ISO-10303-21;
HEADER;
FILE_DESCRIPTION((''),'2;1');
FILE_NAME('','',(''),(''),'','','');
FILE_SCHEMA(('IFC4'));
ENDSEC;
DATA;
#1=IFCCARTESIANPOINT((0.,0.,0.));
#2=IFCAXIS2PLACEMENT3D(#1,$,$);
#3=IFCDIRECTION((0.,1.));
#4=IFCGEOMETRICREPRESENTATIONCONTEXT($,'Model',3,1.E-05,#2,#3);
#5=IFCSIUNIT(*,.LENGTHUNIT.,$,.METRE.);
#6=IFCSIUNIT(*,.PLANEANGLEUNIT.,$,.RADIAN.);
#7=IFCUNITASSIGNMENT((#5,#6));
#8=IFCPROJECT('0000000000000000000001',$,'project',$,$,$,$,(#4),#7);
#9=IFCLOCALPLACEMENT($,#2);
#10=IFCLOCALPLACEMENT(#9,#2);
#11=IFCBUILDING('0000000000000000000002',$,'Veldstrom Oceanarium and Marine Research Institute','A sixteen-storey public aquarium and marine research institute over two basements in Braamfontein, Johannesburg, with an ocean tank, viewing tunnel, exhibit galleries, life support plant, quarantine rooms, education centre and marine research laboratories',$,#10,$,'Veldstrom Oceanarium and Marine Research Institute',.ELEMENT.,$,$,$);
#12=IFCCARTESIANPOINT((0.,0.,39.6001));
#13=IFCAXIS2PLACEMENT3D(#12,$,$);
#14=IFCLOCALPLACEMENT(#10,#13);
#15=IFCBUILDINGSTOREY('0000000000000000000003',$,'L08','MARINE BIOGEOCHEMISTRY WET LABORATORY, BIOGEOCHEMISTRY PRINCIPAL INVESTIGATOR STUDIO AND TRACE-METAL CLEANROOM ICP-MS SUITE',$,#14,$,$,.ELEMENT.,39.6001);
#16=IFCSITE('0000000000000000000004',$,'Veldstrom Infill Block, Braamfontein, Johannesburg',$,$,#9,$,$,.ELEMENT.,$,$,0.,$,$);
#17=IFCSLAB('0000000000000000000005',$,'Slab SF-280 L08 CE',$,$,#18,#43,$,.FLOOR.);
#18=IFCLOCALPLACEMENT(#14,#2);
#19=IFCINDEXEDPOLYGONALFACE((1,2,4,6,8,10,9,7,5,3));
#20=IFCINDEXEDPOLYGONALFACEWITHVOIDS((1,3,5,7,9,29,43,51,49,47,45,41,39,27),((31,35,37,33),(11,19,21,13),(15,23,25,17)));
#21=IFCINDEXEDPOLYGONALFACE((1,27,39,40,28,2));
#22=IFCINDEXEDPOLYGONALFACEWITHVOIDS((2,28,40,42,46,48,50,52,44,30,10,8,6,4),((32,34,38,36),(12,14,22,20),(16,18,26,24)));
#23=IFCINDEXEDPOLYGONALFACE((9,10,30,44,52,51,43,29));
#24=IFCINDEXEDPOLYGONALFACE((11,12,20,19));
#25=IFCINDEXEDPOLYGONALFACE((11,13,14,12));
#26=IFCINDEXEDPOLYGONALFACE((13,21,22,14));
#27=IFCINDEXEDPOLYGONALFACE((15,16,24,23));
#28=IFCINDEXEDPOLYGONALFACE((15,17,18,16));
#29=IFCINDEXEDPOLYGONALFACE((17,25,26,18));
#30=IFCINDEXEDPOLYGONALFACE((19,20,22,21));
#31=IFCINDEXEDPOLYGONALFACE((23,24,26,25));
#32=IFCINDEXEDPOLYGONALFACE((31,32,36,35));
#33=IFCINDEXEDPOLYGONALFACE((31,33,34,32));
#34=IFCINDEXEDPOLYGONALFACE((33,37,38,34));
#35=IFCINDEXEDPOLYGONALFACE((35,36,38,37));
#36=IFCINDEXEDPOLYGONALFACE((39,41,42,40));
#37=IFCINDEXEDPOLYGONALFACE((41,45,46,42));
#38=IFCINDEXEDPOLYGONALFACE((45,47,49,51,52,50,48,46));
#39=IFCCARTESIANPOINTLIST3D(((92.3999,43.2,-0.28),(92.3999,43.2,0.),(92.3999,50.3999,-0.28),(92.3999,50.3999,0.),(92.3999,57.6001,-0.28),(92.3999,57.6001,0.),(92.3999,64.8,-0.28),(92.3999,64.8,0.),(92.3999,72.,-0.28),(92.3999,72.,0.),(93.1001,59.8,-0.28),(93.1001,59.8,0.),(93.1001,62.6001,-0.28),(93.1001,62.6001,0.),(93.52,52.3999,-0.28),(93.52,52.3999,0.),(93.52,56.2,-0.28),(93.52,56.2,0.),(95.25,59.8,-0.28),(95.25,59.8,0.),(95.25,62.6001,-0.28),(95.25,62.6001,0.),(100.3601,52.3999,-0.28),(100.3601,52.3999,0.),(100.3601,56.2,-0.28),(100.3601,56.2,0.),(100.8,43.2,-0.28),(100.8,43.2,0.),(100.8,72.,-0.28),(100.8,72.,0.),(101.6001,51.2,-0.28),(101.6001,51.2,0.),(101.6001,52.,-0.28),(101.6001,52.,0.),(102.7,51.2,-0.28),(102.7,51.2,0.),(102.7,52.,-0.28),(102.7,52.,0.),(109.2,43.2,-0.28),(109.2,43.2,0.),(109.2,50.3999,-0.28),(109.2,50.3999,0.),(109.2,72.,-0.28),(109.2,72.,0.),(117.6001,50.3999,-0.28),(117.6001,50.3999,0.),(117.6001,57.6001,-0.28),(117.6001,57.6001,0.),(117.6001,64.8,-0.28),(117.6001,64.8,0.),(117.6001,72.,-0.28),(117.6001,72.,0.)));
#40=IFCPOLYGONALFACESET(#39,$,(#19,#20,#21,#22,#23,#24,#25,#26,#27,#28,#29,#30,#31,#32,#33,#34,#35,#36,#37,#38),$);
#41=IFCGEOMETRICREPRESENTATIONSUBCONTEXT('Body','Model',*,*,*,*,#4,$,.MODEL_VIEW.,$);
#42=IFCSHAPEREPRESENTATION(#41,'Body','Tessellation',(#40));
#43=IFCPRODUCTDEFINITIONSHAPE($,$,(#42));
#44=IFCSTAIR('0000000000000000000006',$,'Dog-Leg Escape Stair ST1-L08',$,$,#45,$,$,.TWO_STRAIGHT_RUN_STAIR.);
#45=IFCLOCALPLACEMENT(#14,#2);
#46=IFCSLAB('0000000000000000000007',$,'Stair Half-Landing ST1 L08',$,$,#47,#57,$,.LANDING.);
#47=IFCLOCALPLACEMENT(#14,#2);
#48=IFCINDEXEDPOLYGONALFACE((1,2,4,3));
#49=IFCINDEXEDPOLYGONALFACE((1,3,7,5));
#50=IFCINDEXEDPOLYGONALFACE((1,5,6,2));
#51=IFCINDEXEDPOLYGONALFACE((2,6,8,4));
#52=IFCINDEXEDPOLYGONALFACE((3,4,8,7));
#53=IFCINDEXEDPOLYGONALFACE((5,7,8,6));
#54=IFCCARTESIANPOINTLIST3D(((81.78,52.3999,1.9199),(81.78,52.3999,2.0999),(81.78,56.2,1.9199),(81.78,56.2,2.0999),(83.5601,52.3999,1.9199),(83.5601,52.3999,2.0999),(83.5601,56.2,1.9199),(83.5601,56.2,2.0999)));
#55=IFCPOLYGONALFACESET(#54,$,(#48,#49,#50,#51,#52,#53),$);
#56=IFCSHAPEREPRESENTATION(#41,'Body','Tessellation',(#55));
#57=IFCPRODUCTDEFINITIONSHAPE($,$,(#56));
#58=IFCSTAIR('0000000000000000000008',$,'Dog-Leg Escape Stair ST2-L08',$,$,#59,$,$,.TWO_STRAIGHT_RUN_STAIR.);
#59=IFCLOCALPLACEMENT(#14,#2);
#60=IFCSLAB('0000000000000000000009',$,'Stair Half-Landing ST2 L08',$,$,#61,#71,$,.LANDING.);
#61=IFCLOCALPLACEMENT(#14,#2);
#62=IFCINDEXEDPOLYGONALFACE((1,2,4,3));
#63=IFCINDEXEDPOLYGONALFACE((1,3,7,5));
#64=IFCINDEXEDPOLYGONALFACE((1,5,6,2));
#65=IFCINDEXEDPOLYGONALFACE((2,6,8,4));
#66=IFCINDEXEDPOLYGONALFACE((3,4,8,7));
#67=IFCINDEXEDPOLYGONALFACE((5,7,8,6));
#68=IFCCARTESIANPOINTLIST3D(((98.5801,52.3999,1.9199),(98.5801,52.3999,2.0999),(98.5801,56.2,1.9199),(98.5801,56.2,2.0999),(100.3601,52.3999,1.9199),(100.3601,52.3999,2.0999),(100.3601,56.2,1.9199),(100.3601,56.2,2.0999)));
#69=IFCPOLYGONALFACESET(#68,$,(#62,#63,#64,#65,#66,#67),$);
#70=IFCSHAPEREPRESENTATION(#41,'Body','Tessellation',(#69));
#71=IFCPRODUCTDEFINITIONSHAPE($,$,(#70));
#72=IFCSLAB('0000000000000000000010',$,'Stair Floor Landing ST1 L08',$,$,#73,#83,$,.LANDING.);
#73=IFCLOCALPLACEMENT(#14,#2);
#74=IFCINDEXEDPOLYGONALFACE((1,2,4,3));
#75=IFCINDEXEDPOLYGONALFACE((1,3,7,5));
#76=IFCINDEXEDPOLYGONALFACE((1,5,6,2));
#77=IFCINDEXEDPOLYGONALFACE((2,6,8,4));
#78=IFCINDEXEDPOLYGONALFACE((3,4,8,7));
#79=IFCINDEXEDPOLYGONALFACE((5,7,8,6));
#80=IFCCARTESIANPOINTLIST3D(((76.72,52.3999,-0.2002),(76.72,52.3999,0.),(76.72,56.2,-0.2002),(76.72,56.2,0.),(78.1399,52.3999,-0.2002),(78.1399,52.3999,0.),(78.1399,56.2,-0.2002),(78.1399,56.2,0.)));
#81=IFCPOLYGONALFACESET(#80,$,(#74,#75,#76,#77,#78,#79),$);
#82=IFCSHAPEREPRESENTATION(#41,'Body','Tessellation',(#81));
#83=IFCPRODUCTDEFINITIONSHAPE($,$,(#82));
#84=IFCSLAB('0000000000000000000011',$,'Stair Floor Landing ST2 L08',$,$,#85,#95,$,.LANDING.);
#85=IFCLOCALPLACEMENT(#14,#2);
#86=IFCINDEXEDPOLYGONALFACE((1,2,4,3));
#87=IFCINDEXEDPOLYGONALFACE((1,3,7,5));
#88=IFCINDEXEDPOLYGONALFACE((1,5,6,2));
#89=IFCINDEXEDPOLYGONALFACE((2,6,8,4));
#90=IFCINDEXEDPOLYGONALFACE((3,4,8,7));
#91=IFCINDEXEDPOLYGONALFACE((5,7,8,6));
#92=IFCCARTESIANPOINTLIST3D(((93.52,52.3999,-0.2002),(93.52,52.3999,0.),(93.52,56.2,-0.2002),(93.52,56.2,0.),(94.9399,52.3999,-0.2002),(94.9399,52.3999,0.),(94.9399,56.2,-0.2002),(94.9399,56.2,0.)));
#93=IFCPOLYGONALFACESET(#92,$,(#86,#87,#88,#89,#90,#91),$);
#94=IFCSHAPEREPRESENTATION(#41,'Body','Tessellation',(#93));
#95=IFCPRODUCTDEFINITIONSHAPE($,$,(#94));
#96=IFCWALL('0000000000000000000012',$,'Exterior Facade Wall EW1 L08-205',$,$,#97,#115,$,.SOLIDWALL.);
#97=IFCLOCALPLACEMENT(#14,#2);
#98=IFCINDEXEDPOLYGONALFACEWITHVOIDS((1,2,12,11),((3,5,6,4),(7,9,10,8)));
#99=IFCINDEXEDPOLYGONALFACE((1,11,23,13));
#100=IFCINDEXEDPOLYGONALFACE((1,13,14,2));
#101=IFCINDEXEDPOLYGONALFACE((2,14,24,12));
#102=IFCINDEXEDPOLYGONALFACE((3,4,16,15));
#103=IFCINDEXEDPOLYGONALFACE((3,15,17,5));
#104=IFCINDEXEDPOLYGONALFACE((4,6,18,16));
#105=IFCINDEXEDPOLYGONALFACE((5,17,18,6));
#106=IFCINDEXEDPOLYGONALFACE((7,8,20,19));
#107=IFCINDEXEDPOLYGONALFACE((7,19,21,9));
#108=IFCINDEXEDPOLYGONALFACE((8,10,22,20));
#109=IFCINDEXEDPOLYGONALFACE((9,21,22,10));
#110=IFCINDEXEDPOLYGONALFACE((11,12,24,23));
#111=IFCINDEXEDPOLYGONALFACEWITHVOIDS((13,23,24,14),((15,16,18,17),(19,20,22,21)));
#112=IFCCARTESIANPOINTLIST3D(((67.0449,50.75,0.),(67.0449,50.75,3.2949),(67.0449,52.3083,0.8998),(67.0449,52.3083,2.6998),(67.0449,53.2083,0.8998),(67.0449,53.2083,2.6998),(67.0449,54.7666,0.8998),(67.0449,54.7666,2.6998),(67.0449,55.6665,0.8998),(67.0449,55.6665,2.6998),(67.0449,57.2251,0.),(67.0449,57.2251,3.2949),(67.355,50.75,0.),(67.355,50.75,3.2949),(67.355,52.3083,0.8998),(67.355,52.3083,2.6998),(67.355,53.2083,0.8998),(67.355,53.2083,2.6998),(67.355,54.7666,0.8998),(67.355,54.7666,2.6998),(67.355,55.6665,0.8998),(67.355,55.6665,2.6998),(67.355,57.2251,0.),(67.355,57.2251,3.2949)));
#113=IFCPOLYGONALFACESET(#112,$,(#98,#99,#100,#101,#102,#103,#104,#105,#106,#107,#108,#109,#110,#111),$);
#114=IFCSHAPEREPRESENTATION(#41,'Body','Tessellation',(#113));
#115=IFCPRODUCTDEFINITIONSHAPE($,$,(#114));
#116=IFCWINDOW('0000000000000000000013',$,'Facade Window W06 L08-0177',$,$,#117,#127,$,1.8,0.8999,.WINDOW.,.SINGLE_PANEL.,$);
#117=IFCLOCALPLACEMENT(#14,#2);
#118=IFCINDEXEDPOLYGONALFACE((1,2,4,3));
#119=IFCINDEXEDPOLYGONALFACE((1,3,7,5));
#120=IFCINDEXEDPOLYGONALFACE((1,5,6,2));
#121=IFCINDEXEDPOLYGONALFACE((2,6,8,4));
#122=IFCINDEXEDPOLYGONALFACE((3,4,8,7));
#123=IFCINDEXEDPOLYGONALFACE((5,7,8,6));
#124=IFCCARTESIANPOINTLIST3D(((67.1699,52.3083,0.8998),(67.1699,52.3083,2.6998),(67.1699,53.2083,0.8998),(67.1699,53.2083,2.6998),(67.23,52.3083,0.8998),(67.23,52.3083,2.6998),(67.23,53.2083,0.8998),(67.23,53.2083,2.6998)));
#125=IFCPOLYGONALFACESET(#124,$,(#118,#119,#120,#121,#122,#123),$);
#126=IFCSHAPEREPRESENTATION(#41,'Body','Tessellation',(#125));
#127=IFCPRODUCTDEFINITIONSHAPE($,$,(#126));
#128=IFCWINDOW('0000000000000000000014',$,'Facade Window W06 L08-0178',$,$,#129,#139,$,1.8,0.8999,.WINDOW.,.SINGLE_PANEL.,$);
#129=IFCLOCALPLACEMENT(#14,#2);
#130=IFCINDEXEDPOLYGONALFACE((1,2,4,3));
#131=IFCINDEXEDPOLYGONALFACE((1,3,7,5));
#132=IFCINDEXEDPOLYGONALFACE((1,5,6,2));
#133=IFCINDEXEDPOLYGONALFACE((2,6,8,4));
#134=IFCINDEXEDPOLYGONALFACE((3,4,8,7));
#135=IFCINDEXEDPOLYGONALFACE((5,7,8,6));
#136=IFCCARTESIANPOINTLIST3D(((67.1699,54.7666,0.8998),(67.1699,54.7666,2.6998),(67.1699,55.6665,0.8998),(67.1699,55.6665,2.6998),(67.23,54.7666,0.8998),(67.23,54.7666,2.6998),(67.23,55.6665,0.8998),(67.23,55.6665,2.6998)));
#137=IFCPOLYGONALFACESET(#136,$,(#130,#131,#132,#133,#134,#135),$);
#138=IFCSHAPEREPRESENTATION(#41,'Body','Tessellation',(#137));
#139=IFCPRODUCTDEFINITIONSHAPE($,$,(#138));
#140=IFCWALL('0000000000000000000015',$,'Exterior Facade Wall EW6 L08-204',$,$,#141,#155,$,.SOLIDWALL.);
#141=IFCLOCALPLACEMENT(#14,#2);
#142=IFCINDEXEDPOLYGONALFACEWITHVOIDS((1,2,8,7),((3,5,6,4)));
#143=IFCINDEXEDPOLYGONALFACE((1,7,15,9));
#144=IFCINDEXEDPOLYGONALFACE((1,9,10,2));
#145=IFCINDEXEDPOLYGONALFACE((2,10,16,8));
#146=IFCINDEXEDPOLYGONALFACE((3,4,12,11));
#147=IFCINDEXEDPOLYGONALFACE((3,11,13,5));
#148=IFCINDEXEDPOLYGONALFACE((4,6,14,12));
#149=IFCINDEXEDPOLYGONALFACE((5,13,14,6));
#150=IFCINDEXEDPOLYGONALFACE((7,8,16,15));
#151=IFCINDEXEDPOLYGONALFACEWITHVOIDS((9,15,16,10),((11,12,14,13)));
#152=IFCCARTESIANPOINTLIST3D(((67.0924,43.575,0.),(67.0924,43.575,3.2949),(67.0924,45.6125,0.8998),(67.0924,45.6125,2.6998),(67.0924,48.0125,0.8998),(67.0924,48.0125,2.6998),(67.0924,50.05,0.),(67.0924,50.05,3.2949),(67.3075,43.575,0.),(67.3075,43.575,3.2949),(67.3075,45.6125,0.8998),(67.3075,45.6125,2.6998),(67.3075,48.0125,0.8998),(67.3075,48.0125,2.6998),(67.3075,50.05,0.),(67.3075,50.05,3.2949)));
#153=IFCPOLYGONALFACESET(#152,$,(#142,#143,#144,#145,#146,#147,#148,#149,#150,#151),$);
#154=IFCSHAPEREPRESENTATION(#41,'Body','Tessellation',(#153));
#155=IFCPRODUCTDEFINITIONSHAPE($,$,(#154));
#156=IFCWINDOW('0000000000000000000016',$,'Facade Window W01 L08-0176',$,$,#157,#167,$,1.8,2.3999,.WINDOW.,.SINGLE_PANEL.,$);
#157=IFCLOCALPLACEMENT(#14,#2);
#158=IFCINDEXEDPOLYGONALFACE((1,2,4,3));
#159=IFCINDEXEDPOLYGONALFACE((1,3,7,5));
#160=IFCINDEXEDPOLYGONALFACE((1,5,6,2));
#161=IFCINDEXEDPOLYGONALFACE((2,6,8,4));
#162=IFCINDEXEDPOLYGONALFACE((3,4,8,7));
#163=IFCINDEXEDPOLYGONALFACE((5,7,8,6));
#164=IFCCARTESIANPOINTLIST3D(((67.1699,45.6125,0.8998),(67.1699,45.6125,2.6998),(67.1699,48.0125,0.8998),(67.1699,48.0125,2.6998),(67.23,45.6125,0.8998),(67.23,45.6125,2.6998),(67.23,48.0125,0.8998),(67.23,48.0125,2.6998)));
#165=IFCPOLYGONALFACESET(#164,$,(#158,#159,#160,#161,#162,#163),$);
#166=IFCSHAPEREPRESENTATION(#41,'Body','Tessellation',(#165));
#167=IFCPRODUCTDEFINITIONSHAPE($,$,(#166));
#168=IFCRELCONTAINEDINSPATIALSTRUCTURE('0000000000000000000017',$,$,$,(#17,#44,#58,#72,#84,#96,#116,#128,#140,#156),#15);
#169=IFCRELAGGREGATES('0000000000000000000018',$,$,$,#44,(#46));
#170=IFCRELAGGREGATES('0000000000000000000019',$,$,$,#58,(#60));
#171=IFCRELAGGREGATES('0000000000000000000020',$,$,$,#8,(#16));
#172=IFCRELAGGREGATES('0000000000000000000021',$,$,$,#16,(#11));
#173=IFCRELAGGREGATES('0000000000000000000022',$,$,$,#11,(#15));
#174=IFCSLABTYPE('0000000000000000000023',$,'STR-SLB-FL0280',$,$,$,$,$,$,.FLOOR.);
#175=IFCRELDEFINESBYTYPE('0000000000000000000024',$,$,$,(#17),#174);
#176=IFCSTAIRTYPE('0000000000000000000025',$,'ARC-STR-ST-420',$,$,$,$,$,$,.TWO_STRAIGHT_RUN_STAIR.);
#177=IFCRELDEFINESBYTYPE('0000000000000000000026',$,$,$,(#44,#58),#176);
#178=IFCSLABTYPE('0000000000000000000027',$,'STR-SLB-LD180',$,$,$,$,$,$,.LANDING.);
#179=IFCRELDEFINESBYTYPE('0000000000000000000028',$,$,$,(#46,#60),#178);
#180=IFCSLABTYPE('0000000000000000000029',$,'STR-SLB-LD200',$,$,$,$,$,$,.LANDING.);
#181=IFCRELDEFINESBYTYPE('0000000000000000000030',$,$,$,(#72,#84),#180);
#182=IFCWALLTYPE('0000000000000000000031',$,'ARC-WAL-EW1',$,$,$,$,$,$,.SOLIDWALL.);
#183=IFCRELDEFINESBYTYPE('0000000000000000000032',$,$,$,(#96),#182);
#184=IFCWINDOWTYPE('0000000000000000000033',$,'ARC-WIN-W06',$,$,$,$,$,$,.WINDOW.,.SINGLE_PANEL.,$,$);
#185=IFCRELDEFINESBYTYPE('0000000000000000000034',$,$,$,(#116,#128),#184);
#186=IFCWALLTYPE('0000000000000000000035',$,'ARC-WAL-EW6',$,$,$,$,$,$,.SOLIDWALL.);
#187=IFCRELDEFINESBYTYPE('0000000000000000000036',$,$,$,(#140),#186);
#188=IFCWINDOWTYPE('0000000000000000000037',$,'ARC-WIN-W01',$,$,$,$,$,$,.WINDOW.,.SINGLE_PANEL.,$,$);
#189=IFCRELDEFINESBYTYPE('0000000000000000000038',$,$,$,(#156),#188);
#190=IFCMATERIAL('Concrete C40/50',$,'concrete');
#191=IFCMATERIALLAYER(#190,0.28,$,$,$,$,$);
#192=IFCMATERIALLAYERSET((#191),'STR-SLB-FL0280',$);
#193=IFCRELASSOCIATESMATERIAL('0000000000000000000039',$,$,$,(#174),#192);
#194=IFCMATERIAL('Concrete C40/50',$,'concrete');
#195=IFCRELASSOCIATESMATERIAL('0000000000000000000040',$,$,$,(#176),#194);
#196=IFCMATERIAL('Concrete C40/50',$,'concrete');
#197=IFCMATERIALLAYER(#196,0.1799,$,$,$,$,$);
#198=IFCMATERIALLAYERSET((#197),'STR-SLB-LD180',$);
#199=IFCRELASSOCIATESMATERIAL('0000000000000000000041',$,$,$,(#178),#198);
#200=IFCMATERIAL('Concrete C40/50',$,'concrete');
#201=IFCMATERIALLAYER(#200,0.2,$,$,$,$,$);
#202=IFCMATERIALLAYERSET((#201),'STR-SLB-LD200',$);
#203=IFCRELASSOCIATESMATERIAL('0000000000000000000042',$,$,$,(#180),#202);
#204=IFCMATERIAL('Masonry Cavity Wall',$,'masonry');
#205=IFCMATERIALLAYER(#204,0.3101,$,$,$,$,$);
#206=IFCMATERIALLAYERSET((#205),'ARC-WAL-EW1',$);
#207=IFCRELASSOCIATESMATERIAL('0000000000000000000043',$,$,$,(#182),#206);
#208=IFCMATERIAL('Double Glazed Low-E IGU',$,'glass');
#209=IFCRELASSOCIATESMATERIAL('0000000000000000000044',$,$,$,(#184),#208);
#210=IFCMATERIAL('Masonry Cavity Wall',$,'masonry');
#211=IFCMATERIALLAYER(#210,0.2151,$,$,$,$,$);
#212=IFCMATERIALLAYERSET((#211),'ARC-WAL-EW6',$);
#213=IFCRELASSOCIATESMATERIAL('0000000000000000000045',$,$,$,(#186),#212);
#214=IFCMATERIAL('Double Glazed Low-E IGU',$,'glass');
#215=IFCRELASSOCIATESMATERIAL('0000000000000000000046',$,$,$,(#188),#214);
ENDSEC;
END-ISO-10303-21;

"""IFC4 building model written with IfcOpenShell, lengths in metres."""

from ifc_helpers import new_model, si_unit, direction, frame, frame_2d, origin, place, context, subcontext, project, spatial, polyline, rectangle, outline, extrude, material, layer, layer_set, type_object, element, fill, aggregate, save


model = new_model("IFC4")

# Units and contexts
model_context = context("Model", 3, precision=1e-05, world=origin(), true_north=direction((0.0, 1.0)))
body_context = subcontext(model_context, "Body", "Model", "MODEL_VIEW")
ifc_project = project(units=[si_unit("LENGTHUNIT", "METRE"), si_unit("PLANEANGLEUNIT", "RADIAN")], contexts=[model_context])

# Site, building, storey
site_placement = place(None, origin())
site = spatial("IfcSite", under=ifc_project, at=site_placement, Name="Veldstrom Infill Block, Braamfontein, Johannesburg", CompositionType="ELEMENT", RefElevation=0.0)
building_placement = place(site_placement, origin())
building = spatial("IfcBuilding", under=site, at=building_placement, Name="Veldstrom Oceanarium and Marine Research Institute", Description="A sixteen-storey public aquarium and marine research institute over two basements in Braamfontein, Johannesburg, with an ocean tank, viewing tunnel, exhibit galleries, life support plant, quarantine rooms, education centre and marine research laboratories", LongName="Veldstrom Oceanarium and Marine Research Institute", CompositionType="ELEMENT")
storey_placement = place(building_placement, frame((0.0, 0.0, 39.6001)))
storey = spatial("IfcBuildingStorey", under=building, at=storey_placement, Name="L08", Description="MARINE BIOGEOCHEMISTRY WET LABORATORY, BIOGEOCHEMISTRY PRINCIPAL INVESTIGATOR STUDIO AND TRACE-METAL CLEANROOM ICP-MS SUITE", CompositionType="ELEMENT", Elevation=39.6001)

# Slab
ifc_material_1 = material(Name="Concrete C40/50", Category="concrete")
ifc_layer_1 = layer(ifc_material_1, 0.28)
ifc_layer_set_1 = layer_set([ifc_layer_1], Name="STR-SLB-FL0280")
slab_type_1 = type_object("IfcSlabType", Name="STR-SLB-FL0280", PredefinedType="FLOOR", material=ifc_layer_set_1)
slab_1_placement = place(storey_placement, frame((0.0, 0.0, -0.28)))
element("IfcSlab", 1, at=slab_1_placement, inside=storey, type_object=slab_type_1, Name="Slab SF-280 L08 CE", PredefinedType="FLOOR", context=body_context, shape_type="SweptSolid", body=[
    extrude(outline(polyline([(117.6001, 57.6001), (117.6001, 50.3999), (109.2, 50.3999), (109.2, 43.2), (100.8, 43.2), (92.3999, 43.2), (92.3999, 50.3999), (92.3999, 57.6001), (92.3999, 64.8), (92.3999, 72.0), (100.8, 72.0), (109.2, 72.0), (117.6001, 72.0), (117.6001, 64.8), (117.6001, 57.6001)]), holes=[polyline([(93.52, 52.3999), (100.3601, 52.3999), (100.3601, 56.2), (93.52, 56.2), (93.52, 52.3999)]), polyline([(95.25, 62.6001), (93.1001, 62.6001), (93.1001, 59.8), (95.25, 59.8), (95.25, 62.6001)]), polyline([(102.7, 52.0), (101.6001, 52.0), (101.6001, 51.2), (102.7, 51.2), (102.7, 52.0)])]), origin(), (0.0, 0.0, 1.0), 0.28),
])

# Stairs, slabs
ifc_material_2 = material(Name="Concrete C40/50", Category="concrete")
stair_type = type_object("IfcStairType", Name="ARC-STR-ST-420", PredefinedType="TWO_STRAIGHT_RUN_STAIR", material=ifc_material_2)
stair_1_placement = place(storey_placement, origin())
stair_1 = element("IfcStair", 2, at=stair_1_placement, inside=storey, type_object=stair_type, Name="Dog-Leg Escape Stair ST1-L08", PredefinedType="TWO_STRAIGHT_RUN_STAIR")
ifc_material_3 = material(Name="Concrete C40/50", Category="concrete")
ifc_layer_2 = layer(ifc_material_3, 0.1799)
ifc_layer_set_2 = layer_set([ifc_layer_2], Name="STR-SLB-LD180")
slab_type_2 = type_object("IfcSlabType", Name="STR-SLB-LD180", PredefinedType="LANDING", material=ifc_layer_set_2)
slab_2_placement = place(storey_placement, frame((0.0, 0.0, 1.9199)))
slab_2 = element("IfcSlab", 3, at=slab_2_placement, type_object=slab_type_2, Name="Stair Half-Landing ST1 L08", PredefinedType="LANDING", context=body_context, shape_type="SweptSolid", body=[
    extrude(outline(polyline([(81.78, 52.3999), (83.5601, 52.3999), (83.5601, 56.2), (81.78, 56.2), (81.78, 52.3999)])), origin(), (0.0, 0.0, 1.0), 0.1799),
])
aggregate(stair_1, [slab_2])
stair_2_placement = place(storey_placement, origin())
stair_2 = element("IfcStair", 4, at=stair_2_placement, inside=storey, type_object=stair_type, Name="Dog-Leg Escape Stair ST2-L08", PredefinedType="TWO_STRAIGHT_RUN_STAIR")
slab_3_placement = place(storey_placement, frame((0.0, 0.0, 1.9199)))
slab_3 = element("IfcSlab", 5, at=slab_3_placement, type_object=slab_type_2, Name="Stair Half-Landing ST2 L08", PredefinedType="LANDING", context=body_context, shape_type="SweptSolid", body=[
    extrude(outline(polyline([(98.5801, 52.3999), (100.3601, 52.3999), (100.3601, 56.2), (98.5801, 56.2), (98.5801, 52.3999)])), origin(), (0.0, 0.0, 1.0), 0.1799),
])
aggregate(stair_2, [slab_3])

# Slabs
ifc_material_4 = material(Name="Concrete C40/50", Category="concrete")
ifc_layer_3 = layer(ifc_material_4, 0.2)
ifc_layer_set_3 = layer_set([ifc_layer_3], Name="STR-SLB-LD200")
slab_type_3 = type_object("IfcSlabType", Name="STR-SLB-LD200", PredefinedType="LANDING", material=ifc_layer_set_3)
slab_4_placement = place(storey_placement, frame((0.0, 0.0, -0.2002)))
element("IfcSlab", 6, at=slab_4_placement, inside=storey, type_object=slab_type_3, Name="Stair Floor Landing ST1 L08", PredefinedType="LANDING", context=body_context, shape_type="SweptSolid", body=[
    extrude(outline(polyline([(76.72, 52.3999), (78.1399, 52.3999), (78.1399, 56.2), (76.72, 56.2), (76.72, 52.3999)])), origin(), (0.0, 0.0, 1.0), 0.2002),
])
slab_5_placement = place(storey_placement, frame((0.0, 0.0, -0.2002)))
element("IfcSlab", 7, at=slab_5_placement, inside=storey, type_object=slab_type_3, Name="Stair Floor Landing ST2 L08", PredefinedType="LANDING", context=body_context, shape_type="SweptSolid", body=[
    extrude(outline(polyline([(93.52, 52.3999), (94.9399, 52.3999), (94.9399, 56.2), (93.52, 56.2), (93.52, 52.3999)])), origin(), (0.0, 0.0, 1.0), 0.2002),
])

# Wall, openings, windows
ifc_material_5 = material(Name="Masonry Cavity Wall", Category="masonry")
ifc_layer_4 = layer(ifc_material_5, 0.3101)
ifc_layer_set_4 = layer_set([ifc_layer_4], Name="ARC-WAL-EW1")
wall_type_1 = type_object("IfcWallType", Name="ARC-WAL-EW1", PredefinedType="SOLIDWALL", material=ifc_layer_set_4)
wall_1_placement = place(storey_placement, frame((67.2, 50.75, 0.0), z_axis=(0.0, 0.0, 1.0), x_axis=(0.0, 1.0, 0.0)))
wall_1 = element("IfcWall", 8, at=wall_1_placement, inside=storey, type_object=wall_type_1, Name="Exterior Facade Wall EW1 L08-205", PredefinedType="SOLIDWALL", context=body_context, shape_type="SweptSolid", body=[
    extrude(rectangle(XDim=6.4751, YDim=0.3101, at=frame_2d((3.2375, 0.0))), origin(), (0.0, 0.0, 1.0), 3.2949),
])
opening_1_placement = place(wall_1_placement, frame((1.5583, 0.0, 0.8999)))
opening_1 = element("IfcOpeningElement", 9, at=opening_1_placement, cuts=wall_1, PredefinedType="OPENING", context=body_context, shape_type="SweptSolid", body=[
    extrude(rectangle(XDim=0.8999, YDim=1.8, at=frame_2d((0.45, 0.8999))), frame((0.0, 0.165, 0.0), z_axis=(0.0, -1.0, 0.0), x_axis=(1.0, 0.0, 0.0)), (0.0, 0.0, 1.0), 0.3301),
])
opening_2_placement = place(wall_1_placement, frame((4.0166, 0.0, 0.8999)))
opening_2 = element("IfcOpeningElement", 10, at=opening_2_placement, cuts=wall_1, PredefinedType="OPENING", context=body_context, shape_type="SweptSolid", body=[
    extrude(rectangle(XDim=0.8999, YDim=1.8, at=frame_2d((0.45, 0.8999))), frame((0.0, 0.165, 0.0), z_axis=(0.0, -1.0, 0.0), x_axis=(1.0, 0.0, 0.0)), (0.0, 0.0, 1.0), 0.3301),
])
ifc_material_6 = material(Name="Double Glazed Low-E IGU", Category="glass")
window_type_1 = type_object("IfcWindowType", Name="ARC-WIN-W06", PartitioningType="SINGLE_PANEL", PredefinedType="WINDOW", material=ifc_material_6)
window_1_placement = place(opening_1_placement, origin())
window_1 = element("IfcWindow", 11, at=window_1_placement, inside=storey, type_object=window_type_1, Name="Facade Window W06 L08-0177", OverallHeight=1.8, OverallWidth=0.8999, PartitioningType="SINGLE_PANEL", PredefinedType="WINDOW", context=body_context, shape_type="SweptSolid", body=[
    extrude(rectangle(XDim=0.8999, YDim=1.8, at=frame_2d((0.45, 0.8999))), frame((0.0, 0.03, 0.0), z_axis=(0.0, -1.0, 0.0), x_axis=(1.0, 0.0, 0.0)), (0.0, 0.0, 1.0), 0.0601),
])
fill(opening_1, window_1)
window_2_placement = place(opening_2_placement, origin())
window_2 = element("IfcWindow", 12, at=window_2_placement, inside=storey, type_object=window_type_1, Name="Facade Window W06 L08-0178", OverallHeight=1.8, OverallWidth=0.8999, PartitioningType="SINGLE_PANEL", PredefinedType="WINDOW", context=body_context, shape_type="SweptSolid", body=[
    extrude(rectangle(XDim=0.8999, YDim=1.8, at=frame_2d((0.45, 0.8999))), frame((0.0, 0.03, 0.0), z_axis=(0.0, -1.0, 0.0), x_axis=(1.0, 0.0, 0.0)), (0.0, 0.0, 1.0), 0.0601),
])
fill(opening_2, window_2)

# Wall, opening, window
ifc_material_7 = material(Name="Masonry Cavity Wall", Category="masonry")
ifc_layer_5 = layer(ifc_material_7, 0.2151)
ifc_layer_set_5 = layer_set([ifc_layer_5], Name="ARC-WAL-EW6")
wall_type_2 = type_object("IfcWallType", Name="ARC-WAL-EW6", PredefinedType="SOLIDWALL", material=ifc_layer_set_5)
wall_2_placement = place(storey_placement, frame((67.2, 43.575, 0.0), z_axis=(0.0, 0.0, 1.0), x_axis=(0.0, 1.0, 0.0)))
wall_2 = element("IfcWall", 13, at=wall_2_placement, inside=storey, type_object=wall_type_2, Name="Exterior Facade Wall EW6 L08-204", PredefinedType="SOLIDWALL", context=body_context, shape_type="SweptSolid", body=[
    extrude(rectangle(XDim=6.4751, YDim=0.2151, at=frame_2d((3.2375, 0.0))), origin(), (0.0, 0.0, 1.0), 3.2949),
])
opening_3_placement = place(wall_2_placement, frame((2.0376, 0.0, 0.8999)))
opening_3 = element("IfcOpeningElement", 14, at=opening_3_placement, cuts=wall_2, PredefinedType="OPENING", context=body_context, shape_type="SweptSolid", body=[
    extrude(rectangle(XDim=2.3999, YDim=1.8, at=frame_2d((1.2, 0.8999))), frame((0.0, 0.1174, 0.0), z_axis=(0.0, -1.0, 0.0), x_axis=(1.0, 0.0, 0.0)), (0.0, 0.0, 1.0), 0.2351),
])
ifc_material_8 = material(Name="Double Glazed Low-E IGU", Category="glass")
window_type_2 = type_object("IfcWindowType", Name="ARC-WIN-W01", PartitioningType="SINGLE_PANEL", PredefinedType="WINDOW", material=ifc_material_8)
window_3_placement = place(opening_3_placement, origin())
window_3 = element("IfcWindow", 15, at=window_3_placement, inside=storey, type_object=window_type_2, Name="Facade Window W01 L08-0176", OverallHeight=1.8, OverallWidth=2.3999, PartitioningType="SINGLE_PANEL", PredefinedType="WINDOW", context=body_context, shape_type="SweptSolid", body=[
    extrude(rectangle(XDim=2.3999, YDim=1.8, at=frame_2d((1.2, 0.8999))), frame((0.0, 0.03, 0.0), z_axis=(0.0, -1.0, 0.0), x_axis=(1.0, 0.0, 0.0)), (0.0, 0.0, 1.0), 0.0601),
])
fill(opening_3, window_3)

save(model, "model.ifc")
